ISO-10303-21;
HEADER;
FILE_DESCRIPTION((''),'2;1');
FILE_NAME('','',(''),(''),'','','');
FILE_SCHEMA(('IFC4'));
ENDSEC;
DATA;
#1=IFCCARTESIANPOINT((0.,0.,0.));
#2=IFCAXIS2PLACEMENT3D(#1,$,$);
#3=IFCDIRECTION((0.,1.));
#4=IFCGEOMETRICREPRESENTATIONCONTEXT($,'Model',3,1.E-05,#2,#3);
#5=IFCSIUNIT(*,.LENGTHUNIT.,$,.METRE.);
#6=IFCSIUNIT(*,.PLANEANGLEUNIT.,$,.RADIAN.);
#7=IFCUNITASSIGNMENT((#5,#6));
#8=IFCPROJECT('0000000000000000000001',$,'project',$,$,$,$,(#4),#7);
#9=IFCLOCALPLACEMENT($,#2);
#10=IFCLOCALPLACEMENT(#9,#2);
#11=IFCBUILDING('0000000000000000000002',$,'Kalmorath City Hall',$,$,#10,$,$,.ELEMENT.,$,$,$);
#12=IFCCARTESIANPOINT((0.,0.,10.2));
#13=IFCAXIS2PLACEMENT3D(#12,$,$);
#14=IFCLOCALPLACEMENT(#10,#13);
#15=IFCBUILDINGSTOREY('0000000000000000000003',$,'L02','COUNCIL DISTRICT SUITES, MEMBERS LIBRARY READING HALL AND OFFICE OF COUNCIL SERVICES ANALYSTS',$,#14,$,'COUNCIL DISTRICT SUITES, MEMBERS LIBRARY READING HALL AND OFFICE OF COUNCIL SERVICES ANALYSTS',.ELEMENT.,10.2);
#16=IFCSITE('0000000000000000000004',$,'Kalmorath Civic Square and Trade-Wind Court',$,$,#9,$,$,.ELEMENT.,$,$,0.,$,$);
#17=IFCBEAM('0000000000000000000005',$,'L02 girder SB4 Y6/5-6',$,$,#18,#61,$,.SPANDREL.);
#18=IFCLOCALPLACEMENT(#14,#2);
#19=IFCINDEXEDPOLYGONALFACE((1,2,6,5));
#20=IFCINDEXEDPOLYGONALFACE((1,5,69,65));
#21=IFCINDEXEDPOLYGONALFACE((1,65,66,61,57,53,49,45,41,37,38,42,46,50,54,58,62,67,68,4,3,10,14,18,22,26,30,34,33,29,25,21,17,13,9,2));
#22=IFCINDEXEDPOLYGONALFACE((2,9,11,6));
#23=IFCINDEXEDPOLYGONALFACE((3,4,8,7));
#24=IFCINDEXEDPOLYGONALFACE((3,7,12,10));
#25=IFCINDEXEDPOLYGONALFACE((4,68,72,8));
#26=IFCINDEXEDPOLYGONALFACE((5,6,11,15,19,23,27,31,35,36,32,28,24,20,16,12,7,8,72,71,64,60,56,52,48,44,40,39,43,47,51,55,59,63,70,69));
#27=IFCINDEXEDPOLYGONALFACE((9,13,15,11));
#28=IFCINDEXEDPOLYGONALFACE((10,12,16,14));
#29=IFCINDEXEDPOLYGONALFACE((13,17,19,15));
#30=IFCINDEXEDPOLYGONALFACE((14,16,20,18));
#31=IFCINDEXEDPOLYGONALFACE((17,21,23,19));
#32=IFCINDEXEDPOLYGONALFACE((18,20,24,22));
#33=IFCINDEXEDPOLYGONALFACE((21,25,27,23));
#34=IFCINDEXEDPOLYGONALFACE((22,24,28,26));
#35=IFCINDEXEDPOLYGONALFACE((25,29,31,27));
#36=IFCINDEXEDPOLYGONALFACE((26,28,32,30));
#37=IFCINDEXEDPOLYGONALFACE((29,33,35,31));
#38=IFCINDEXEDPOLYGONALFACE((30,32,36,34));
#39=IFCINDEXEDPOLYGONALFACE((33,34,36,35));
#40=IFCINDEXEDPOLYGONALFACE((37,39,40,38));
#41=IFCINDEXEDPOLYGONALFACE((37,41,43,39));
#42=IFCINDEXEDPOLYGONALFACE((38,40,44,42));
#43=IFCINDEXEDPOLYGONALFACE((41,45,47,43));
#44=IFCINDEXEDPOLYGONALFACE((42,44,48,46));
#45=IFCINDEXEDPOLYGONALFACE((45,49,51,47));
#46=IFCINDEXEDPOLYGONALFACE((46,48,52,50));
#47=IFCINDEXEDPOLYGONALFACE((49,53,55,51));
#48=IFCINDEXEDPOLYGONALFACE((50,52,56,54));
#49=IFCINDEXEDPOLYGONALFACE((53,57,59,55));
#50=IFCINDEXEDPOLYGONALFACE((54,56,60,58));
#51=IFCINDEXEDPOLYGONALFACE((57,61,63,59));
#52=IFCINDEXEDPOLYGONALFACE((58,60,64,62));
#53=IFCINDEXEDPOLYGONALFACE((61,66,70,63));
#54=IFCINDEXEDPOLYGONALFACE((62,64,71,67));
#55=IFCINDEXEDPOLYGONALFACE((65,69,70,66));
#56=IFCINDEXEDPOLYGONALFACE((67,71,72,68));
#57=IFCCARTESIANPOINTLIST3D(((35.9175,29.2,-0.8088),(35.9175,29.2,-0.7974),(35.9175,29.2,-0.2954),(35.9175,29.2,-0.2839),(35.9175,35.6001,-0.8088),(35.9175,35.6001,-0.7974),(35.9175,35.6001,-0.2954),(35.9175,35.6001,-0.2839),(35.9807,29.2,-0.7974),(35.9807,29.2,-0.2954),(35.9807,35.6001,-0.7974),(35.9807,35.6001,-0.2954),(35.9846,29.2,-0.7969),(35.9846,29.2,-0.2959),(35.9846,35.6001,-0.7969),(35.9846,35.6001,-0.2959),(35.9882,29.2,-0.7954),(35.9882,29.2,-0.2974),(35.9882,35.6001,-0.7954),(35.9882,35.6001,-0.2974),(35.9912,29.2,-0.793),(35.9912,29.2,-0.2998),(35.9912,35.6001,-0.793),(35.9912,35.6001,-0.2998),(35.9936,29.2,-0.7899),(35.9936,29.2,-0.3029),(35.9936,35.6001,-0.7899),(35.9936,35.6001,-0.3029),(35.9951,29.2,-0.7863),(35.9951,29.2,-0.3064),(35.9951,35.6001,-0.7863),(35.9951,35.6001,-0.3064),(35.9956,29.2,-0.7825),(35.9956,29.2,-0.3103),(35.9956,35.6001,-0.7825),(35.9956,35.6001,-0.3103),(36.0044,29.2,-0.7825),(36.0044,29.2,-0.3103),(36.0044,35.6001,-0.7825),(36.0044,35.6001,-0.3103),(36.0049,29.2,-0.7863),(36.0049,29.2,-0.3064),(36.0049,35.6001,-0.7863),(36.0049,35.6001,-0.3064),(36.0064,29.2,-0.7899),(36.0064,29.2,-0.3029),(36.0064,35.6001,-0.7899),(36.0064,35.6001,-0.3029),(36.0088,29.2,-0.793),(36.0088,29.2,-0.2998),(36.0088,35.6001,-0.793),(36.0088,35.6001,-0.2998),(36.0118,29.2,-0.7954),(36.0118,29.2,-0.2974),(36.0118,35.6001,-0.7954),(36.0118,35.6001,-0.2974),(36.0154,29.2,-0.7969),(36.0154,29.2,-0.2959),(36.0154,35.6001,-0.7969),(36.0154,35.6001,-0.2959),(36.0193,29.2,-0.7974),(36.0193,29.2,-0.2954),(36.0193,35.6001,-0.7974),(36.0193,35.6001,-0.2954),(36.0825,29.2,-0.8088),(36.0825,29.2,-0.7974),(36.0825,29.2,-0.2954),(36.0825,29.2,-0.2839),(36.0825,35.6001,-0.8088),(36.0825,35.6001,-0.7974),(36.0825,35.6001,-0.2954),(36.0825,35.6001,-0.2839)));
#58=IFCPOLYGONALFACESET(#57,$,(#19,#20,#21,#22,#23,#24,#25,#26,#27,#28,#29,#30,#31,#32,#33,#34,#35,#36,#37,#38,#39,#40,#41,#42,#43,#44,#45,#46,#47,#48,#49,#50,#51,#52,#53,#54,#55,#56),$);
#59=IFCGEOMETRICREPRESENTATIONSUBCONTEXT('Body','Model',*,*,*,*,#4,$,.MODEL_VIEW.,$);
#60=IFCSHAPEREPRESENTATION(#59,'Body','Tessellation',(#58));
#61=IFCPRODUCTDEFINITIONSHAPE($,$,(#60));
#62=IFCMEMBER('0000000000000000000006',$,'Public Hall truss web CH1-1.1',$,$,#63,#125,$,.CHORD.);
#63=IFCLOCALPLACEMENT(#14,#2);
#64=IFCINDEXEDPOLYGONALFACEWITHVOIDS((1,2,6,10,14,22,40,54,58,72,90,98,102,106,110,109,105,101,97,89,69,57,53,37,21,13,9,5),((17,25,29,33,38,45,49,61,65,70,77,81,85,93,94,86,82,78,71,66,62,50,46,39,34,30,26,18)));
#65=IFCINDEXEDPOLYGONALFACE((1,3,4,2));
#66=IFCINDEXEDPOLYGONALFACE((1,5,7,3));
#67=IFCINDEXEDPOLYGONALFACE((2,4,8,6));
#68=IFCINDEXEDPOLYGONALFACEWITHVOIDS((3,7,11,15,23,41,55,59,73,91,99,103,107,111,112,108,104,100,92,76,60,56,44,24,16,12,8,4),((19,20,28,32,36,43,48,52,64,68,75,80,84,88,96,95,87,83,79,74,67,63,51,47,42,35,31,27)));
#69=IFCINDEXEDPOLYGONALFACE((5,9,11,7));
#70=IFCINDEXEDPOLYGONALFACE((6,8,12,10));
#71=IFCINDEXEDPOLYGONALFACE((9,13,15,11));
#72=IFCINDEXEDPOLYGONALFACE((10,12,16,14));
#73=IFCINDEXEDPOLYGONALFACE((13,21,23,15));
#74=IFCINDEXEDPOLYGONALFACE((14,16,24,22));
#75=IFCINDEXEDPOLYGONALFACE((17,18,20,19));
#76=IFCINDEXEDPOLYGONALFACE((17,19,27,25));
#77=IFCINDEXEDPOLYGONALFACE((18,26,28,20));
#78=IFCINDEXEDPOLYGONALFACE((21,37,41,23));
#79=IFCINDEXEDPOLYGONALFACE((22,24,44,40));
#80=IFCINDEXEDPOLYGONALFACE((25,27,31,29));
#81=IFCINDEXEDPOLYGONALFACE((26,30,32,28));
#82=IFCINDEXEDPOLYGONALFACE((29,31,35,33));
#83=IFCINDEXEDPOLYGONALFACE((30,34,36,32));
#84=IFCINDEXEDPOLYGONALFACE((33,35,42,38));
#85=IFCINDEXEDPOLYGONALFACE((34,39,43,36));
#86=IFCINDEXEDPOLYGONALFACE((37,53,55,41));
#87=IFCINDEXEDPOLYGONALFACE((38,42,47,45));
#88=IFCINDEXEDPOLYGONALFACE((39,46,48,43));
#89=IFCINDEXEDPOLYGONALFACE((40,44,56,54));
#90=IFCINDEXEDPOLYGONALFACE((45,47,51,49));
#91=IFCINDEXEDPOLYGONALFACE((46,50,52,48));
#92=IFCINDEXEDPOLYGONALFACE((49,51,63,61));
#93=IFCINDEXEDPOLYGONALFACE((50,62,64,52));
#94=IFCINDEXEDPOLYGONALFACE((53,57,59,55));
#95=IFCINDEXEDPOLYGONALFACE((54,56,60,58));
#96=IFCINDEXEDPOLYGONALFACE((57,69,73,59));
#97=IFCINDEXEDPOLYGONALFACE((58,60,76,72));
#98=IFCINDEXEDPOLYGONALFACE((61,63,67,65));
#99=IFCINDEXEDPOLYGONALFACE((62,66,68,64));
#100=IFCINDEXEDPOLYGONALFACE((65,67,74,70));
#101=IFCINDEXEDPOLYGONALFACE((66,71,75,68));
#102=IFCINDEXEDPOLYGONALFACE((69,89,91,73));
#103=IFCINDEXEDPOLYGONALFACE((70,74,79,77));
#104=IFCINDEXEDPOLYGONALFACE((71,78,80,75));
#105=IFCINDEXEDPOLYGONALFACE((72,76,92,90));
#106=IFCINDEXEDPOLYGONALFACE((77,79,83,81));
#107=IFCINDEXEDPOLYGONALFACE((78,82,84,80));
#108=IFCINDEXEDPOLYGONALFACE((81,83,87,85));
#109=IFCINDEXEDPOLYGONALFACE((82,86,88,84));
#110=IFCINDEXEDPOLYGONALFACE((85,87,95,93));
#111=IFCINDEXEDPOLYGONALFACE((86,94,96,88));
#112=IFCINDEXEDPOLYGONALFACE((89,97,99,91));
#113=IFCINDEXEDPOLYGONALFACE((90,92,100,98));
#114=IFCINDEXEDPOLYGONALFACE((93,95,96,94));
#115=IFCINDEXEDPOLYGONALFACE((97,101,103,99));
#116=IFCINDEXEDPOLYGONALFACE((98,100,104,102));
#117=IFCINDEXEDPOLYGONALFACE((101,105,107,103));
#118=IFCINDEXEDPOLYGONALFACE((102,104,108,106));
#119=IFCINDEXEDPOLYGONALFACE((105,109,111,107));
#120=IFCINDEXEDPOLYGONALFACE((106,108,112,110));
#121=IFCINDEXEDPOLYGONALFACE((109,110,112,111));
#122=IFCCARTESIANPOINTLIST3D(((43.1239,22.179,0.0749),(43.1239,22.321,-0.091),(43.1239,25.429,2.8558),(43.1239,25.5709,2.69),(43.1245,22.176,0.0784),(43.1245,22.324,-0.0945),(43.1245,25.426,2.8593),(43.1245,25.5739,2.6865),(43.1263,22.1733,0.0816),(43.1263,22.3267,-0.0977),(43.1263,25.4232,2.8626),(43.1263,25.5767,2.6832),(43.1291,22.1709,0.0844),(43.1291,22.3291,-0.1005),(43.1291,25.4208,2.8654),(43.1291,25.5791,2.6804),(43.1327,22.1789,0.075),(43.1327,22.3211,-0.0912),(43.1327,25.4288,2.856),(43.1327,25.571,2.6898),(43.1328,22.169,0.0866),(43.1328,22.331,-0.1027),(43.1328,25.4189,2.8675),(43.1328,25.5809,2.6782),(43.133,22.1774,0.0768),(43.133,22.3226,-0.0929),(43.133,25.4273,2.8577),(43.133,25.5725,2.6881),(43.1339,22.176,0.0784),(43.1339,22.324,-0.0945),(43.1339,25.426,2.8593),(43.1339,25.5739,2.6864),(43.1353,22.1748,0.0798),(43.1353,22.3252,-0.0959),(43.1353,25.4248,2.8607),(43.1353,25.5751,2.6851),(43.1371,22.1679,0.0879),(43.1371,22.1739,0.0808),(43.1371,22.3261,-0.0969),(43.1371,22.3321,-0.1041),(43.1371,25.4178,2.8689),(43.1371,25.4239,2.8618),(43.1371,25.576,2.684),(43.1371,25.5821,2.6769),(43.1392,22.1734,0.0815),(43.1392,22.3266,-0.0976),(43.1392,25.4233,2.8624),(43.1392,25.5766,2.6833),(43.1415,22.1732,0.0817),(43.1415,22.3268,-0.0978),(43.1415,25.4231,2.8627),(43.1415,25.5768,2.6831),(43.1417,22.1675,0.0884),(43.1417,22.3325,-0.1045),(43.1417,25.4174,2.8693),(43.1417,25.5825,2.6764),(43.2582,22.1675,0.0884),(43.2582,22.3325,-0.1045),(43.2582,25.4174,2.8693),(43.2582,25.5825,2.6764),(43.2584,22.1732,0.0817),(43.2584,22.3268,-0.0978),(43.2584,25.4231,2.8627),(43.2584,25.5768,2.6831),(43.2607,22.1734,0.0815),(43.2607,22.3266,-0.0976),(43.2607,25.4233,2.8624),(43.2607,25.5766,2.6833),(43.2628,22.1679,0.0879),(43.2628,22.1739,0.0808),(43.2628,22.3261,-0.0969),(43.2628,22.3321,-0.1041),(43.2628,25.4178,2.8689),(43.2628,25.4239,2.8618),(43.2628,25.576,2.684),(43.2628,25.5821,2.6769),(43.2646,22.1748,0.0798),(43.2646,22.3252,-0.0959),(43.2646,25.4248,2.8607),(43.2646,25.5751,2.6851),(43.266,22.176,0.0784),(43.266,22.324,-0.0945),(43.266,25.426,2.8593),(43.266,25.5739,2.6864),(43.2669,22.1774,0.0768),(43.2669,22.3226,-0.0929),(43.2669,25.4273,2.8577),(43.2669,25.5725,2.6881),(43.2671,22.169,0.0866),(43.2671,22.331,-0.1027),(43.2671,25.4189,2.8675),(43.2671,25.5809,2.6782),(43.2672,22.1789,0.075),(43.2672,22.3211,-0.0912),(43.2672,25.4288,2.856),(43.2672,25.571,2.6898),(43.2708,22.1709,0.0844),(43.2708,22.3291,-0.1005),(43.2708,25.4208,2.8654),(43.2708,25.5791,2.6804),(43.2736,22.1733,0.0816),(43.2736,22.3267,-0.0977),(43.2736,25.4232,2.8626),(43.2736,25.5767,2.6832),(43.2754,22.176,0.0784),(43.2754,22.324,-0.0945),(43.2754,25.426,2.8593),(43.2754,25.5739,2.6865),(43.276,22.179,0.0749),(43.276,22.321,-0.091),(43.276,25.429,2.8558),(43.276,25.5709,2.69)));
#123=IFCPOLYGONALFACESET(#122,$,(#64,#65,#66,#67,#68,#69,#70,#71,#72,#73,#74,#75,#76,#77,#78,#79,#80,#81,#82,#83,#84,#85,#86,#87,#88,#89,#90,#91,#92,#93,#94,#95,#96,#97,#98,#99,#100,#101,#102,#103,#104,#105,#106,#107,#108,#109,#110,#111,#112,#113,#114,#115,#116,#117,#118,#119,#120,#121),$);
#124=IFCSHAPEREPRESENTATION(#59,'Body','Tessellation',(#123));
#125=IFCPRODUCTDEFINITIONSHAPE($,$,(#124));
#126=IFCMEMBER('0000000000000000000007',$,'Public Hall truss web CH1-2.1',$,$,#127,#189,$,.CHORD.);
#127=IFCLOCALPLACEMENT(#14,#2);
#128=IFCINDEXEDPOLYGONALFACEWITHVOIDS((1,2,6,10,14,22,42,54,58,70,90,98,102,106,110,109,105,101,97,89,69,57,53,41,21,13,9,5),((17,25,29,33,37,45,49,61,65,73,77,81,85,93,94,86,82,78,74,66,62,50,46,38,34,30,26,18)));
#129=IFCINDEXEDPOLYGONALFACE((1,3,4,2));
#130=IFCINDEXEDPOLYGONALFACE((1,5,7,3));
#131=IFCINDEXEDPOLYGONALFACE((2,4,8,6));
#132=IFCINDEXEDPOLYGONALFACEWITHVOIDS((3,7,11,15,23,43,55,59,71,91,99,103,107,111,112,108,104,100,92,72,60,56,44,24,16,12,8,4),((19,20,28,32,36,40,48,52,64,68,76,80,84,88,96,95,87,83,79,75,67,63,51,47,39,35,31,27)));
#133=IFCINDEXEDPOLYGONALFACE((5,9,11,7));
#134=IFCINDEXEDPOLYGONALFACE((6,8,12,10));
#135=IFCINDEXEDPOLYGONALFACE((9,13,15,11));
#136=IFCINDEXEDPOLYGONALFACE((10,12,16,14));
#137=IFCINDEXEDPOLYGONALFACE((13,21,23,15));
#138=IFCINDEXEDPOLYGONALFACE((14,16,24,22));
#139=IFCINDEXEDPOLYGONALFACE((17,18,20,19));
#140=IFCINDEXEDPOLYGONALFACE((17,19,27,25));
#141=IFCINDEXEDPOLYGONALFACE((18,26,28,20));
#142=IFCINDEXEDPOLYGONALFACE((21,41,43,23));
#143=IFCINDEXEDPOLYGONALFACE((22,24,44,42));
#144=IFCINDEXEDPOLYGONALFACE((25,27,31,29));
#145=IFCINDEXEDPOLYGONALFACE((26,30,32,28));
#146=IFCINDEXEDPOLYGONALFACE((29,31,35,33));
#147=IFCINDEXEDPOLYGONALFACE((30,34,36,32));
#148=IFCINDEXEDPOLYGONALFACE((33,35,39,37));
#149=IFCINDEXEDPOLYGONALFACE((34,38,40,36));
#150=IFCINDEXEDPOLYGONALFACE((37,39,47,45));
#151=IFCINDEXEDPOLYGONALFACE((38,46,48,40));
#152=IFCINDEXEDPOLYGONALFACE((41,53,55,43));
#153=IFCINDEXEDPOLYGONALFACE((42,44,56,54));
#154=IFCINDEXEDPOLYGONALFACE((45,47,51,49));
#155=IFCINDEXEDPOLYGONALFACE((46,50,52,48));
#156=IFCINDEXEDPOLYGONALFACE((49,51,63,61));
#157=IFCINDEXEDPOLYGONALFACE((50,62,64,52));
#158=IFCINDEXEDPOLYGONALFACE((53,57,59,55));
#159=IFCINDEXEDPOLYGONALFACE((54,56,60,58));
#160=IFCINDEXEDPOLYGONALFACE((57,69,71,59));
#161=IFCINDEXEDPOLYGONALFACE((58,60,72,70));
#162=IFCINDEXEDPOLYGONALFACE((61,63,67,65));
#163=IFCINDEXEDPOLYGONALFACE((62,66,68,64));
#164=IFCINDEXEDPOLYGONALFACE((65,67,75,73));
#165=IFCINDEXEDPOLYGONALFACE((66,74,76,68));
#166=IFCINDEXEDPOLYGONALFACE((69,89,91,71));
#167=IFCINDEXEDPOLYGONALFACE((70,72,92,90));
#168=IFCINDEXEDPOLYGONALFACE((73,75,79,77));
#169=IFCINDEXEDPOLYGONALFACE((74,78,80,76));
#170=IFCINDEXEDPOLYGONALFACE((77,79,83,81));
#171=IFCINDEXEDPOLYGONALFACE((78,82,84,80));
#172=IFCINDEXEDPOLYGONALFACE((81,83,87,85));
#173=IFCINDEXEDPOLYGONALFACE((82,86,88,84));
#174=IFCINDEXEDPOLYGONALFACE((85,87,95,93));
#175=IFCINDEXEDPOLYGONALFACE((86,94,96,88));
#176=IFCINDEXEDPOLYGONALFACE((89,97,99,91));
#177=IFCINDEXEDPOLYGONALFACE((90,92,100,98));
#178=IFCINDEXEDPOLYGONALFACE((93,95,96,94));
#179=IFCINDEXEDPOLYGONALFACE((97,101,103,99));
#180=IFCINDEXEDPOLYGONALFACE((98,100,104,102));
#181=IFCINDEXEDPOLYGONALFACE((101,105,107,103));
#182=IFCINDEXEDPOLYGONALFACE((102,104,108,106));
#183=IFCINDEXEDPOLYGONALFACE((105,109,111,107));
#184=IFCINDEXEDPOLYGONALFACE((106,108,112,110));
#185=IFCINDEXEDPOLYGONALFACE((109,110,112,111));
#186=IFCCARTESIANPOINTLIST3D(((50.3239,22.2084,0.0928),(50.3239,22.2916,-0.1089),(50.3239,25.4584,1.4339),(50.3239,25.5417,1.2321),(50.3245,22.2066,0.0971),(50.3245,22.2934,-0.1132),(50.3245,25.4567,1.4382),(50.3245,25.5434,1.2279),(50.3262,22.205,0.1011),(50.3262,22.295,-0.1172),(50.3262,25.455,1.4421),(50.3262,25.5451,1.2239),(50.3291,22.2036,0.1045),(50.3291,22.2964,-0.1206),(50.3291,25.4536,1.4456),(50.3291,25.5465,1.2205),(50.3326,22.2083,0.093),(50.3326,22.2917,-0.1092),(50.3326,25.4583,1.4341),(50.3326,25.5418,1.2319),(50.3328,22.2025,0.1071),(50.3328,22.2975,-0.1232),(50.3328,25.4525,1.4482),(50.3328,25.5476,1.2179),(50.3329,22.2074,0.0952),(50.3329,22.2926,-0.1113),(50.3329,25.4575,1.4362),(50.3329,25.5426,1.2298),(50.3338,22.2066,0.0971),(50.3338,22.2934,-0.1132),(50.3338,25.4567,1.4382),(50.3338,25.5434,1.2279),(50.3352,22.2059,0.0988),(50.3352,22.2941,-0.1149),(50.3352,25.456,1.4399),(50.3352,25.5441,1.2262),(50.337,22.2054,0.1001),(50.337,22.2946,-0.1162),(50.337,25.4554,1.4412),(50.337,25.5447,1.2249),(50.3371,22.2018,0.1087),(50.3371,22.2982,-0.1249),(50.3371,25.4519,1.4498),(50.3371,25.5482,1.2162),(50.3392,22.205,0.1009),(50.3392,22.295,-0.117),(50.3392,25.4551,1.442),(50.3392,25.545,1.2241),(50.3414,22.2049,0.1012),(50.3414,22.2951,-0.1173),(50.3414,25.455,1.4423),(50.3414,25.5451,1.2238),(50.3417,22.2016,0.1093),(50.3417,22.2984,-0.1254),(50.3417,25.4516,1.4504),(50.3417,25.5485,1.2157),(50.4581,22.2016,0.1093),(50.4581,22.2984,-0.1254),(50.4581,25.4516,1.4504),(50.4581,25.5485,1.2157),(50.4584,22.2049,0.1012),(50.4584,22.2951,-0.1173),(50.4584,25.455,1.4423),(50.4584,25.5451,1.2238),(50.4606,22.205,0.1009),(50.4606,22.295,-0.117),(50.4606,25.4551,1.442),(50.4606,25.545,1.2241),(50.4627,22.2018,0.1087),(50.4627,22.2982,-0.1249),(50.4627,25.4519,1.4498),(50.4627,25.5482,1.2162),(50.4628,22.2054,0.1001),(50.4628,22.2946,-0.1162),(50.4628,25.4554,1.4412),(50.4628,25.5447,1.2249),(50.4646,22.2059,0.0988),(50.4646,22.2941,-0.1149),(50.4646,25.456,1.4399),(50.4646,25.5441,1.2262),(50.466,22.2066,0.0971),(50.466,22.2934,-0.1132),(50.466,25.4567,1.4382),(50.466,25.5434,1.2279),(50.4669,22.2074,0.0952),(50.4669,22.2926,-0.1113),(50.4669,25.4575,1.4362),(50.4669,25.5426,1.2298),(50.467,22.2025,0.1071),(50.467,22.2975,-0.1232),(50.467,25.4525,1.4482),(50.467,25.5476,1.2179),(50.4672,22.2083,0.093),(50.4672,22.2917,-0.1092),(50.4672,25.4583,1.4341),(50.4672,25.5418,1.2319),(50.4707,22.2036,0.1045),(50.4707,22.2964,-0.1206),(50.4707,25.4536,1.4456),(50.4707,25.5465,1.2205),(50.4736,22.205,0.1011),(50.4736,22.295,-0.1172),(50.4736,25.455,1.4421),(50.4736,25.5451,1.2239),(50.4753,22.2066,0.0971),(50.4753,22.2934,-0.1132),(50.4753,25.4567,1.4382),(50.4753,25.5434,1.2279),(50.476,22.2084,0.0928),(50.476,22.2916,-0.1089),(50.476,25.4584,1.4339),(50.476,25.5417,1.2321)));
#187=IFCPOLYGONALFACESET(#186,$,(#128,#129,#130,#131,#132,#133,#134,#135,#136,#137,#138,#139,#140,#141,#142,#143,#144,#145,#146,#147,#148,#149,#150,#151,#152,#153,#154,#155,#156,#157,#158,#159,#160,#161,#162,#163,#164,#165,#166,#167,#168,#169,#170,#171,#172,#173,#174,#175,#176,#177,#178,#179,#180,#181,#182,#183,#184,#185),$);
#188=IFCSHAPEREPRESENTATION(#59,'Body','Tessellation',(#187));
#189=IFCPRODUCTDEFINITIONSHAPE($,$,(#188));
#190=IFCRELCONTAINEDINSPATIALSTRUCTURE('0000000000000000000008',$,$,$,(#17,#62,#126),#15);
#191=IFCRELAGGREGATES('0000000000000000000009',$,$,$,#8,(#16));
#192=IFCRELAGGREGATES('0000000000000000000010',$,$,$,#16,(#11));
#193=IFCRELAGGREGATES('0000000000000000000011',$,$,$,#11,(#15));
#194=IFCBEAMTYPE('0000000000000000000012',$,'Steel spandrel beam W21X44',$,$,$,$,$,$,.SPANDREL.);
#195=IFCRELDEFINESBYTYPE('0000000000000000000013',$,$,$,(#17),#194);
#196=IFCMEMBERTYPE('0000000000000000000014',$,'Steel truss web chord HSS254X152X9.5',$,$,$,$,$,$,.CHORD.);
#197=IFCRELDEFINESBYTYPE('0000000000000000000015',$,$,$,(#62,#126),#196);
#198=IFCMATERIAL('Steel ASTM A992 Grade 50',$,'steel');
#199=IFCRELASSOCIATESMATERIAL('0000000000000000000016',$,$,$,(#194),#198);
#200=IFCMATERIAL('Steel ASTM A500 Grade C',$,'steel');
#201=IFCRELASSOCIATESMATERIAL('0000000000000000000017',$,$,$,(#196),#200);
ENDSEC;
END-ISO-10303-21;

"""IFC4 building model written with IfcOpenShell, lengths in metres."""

from ifc_helpers import new_model, si_unit, direction, frame, origin, origin_2d, place, context, subcontext, project, spatial, hollow_rectangle, i_section, extrude, material, material_profile, profile_set, type_object, element, save


model = new_model("IFC4")

# Units and contexts
model_context = context("Model", 3, precision=1e-05, world=origin(), true_north=direction((0.0, 1.0)))
body_context = subcontext(model_context, "Body", "Model", "MODEL_VIEW")
ifc_project = project(units=[si_unit("LENGTHUNIT", "METRE"), si_unit("PLANEANGLEUNIT", "RADIAN")], contexts=[model_context])

# Site, building, storey
site_placement = place(None, origin())
site = spatial("IfcSite", under=ifc_project, at=site_placement, Name="Kalmorath Civic Square and Trade-Wind Court", CompositionType="ELEMENT", RefElevation=0.0)
building_placement = place(site_placement, origin())
building = spatial("IfcBuilding", under=site, at=building_placement, Name="Kalmorath City Hall", CompositionType="ELEMENT")
storey_placement = place(building_placement, frame((0.0, 0.0, 10.2)))
storey = spatial("IfcBuildingStorey", under=building, at=storey_placement, Name="L02", Description="COUNCIL DISTRICT SUITES, MEMBERS LIBRARY READING HALL AND OFFICE OF COUNCIL SERVICES ANALYSTS", LongName="COUNCIL DISTRICT SUITES, MEMBERS LIBRARY READING HALL AND OFFICE OF COUNCIL SERVICES ANALYSTS", CompositionType="ELEMENT", Elevation=10.2)

# Beam
ifc_material_1 = material(Name="Steel ASTM A992 Grade 50", Category="steel")
ifc_material_profile_1 = material_profile(ifc_material_1, i_section(OverallWidth=0.165, OverallDepth=0.5249, WebThickness=0.0088, FlangeThickness=0.0115, FilletRadius=0.0149, at=origin_2d()), Name="W21X44")
ifc_profile_set_1 = profile_set([ifc_material_profile_1], Name="Steel ASTM A992 Grade 50")
beam_type_1 = type_object("IfcBeamType", Name="Steel spandrel beam W21X44", PredefinedType="SPANDREL", material=ifc_profile_set_1)
beam_1_placement = place(storey_placement, frame((36.0, 29.2, -0.5464), z_axis=(0.0, 1.0, 0.0), x_axis=(-1.0, 0.0, 0.0)))
element("IfcBeam", 1, at=beam_1_placement, inside=storey, type_object=beam_type_1, Name="L02 girder SB4 Y6/5-6", PredefinedType="SPANDREL", context=body_context, shape_type="SweptSolid", body=[
    extrude(i_section(OverallWidth=0.165, OverallDepth=0.5249, WebThickness=0.0088, FlangeThickness=0.0115, FilletRadius=0.0149, at=origin_2d()), origin(), (0.0, 0.0, 1.0), 6.4001),
])

# Members
ifc_material_2 = material(Name="Steel ASTM A500 Grade C", Category="steel")
ifc_material_profile_2 = material_profile(ifc_material_2, hollow_rectangle(XDim=0.1521, YDim=0.2539, WallThickness=0.0088, InnerFilletRadius=0.0088, OuterFilletRadius=0.0178, at=origin_2d()), Name="HSS254X152X9.5")
ifc_profile_set_2 = profile_set([ifc_material_profile_2], Name="Steel ASTM A500 Grade C")
member_type_1 = type_object("IfcMemberType", Name="Steel truss web chord HSS254X152X9.5", PredefinedType="CHORD", material=ifc_profile_set_2)
member_1_placement = place(storey_placement, frame((43.2, 22.25, -0.0081), z_axis=(0.0, 0.7598, 0.650157), x_axis=(-1.0, 0.0, 0.0)))
element("IfcMember", 2, at=member_1_placement, inside=storey, type_object=member_type_1, Name="Public Hall truss web CH1-1.1", PredefinedType="CHORD", context=body_context, shape_type="SweptSolid", body=[
    extrude(hollow_rectangle(XDim=0.1521, YDim=0.2539, WallThickness=0.0088, InnerFilletRadius=0.0088, OuterFilletRadius=0.0178, at=origin_2d()), origin(), (0.0, 0.0, 1.0), 4.2773),
])
member_2_placement = place(storey_placement, frame((50.3999, 22.25, -0.0081), z_axis=(0.0, 0.924395, 0.381438), x_axis=(-1.0, 0.0, 0.0)))
element("IfcMember", 3, at=member_2_placement, inside=storey, type_object=member_type_1, Name="Public Hall truss web CH1-2.1", PredefinedType="CHORD", context=body_context, shape_type="SweptSolid", body=[
    extrude(hollow_rectangle(XDim=0.1521, YDim=0.2539, WallThickness=0.0088, InnerFilletRadius=0.0088, OuterFilletRadius=0.0178, at=origin_2d()), origin(), (0.0, 0.0, 1.0), 3.5159),
])

save(model, "model.ifc")
